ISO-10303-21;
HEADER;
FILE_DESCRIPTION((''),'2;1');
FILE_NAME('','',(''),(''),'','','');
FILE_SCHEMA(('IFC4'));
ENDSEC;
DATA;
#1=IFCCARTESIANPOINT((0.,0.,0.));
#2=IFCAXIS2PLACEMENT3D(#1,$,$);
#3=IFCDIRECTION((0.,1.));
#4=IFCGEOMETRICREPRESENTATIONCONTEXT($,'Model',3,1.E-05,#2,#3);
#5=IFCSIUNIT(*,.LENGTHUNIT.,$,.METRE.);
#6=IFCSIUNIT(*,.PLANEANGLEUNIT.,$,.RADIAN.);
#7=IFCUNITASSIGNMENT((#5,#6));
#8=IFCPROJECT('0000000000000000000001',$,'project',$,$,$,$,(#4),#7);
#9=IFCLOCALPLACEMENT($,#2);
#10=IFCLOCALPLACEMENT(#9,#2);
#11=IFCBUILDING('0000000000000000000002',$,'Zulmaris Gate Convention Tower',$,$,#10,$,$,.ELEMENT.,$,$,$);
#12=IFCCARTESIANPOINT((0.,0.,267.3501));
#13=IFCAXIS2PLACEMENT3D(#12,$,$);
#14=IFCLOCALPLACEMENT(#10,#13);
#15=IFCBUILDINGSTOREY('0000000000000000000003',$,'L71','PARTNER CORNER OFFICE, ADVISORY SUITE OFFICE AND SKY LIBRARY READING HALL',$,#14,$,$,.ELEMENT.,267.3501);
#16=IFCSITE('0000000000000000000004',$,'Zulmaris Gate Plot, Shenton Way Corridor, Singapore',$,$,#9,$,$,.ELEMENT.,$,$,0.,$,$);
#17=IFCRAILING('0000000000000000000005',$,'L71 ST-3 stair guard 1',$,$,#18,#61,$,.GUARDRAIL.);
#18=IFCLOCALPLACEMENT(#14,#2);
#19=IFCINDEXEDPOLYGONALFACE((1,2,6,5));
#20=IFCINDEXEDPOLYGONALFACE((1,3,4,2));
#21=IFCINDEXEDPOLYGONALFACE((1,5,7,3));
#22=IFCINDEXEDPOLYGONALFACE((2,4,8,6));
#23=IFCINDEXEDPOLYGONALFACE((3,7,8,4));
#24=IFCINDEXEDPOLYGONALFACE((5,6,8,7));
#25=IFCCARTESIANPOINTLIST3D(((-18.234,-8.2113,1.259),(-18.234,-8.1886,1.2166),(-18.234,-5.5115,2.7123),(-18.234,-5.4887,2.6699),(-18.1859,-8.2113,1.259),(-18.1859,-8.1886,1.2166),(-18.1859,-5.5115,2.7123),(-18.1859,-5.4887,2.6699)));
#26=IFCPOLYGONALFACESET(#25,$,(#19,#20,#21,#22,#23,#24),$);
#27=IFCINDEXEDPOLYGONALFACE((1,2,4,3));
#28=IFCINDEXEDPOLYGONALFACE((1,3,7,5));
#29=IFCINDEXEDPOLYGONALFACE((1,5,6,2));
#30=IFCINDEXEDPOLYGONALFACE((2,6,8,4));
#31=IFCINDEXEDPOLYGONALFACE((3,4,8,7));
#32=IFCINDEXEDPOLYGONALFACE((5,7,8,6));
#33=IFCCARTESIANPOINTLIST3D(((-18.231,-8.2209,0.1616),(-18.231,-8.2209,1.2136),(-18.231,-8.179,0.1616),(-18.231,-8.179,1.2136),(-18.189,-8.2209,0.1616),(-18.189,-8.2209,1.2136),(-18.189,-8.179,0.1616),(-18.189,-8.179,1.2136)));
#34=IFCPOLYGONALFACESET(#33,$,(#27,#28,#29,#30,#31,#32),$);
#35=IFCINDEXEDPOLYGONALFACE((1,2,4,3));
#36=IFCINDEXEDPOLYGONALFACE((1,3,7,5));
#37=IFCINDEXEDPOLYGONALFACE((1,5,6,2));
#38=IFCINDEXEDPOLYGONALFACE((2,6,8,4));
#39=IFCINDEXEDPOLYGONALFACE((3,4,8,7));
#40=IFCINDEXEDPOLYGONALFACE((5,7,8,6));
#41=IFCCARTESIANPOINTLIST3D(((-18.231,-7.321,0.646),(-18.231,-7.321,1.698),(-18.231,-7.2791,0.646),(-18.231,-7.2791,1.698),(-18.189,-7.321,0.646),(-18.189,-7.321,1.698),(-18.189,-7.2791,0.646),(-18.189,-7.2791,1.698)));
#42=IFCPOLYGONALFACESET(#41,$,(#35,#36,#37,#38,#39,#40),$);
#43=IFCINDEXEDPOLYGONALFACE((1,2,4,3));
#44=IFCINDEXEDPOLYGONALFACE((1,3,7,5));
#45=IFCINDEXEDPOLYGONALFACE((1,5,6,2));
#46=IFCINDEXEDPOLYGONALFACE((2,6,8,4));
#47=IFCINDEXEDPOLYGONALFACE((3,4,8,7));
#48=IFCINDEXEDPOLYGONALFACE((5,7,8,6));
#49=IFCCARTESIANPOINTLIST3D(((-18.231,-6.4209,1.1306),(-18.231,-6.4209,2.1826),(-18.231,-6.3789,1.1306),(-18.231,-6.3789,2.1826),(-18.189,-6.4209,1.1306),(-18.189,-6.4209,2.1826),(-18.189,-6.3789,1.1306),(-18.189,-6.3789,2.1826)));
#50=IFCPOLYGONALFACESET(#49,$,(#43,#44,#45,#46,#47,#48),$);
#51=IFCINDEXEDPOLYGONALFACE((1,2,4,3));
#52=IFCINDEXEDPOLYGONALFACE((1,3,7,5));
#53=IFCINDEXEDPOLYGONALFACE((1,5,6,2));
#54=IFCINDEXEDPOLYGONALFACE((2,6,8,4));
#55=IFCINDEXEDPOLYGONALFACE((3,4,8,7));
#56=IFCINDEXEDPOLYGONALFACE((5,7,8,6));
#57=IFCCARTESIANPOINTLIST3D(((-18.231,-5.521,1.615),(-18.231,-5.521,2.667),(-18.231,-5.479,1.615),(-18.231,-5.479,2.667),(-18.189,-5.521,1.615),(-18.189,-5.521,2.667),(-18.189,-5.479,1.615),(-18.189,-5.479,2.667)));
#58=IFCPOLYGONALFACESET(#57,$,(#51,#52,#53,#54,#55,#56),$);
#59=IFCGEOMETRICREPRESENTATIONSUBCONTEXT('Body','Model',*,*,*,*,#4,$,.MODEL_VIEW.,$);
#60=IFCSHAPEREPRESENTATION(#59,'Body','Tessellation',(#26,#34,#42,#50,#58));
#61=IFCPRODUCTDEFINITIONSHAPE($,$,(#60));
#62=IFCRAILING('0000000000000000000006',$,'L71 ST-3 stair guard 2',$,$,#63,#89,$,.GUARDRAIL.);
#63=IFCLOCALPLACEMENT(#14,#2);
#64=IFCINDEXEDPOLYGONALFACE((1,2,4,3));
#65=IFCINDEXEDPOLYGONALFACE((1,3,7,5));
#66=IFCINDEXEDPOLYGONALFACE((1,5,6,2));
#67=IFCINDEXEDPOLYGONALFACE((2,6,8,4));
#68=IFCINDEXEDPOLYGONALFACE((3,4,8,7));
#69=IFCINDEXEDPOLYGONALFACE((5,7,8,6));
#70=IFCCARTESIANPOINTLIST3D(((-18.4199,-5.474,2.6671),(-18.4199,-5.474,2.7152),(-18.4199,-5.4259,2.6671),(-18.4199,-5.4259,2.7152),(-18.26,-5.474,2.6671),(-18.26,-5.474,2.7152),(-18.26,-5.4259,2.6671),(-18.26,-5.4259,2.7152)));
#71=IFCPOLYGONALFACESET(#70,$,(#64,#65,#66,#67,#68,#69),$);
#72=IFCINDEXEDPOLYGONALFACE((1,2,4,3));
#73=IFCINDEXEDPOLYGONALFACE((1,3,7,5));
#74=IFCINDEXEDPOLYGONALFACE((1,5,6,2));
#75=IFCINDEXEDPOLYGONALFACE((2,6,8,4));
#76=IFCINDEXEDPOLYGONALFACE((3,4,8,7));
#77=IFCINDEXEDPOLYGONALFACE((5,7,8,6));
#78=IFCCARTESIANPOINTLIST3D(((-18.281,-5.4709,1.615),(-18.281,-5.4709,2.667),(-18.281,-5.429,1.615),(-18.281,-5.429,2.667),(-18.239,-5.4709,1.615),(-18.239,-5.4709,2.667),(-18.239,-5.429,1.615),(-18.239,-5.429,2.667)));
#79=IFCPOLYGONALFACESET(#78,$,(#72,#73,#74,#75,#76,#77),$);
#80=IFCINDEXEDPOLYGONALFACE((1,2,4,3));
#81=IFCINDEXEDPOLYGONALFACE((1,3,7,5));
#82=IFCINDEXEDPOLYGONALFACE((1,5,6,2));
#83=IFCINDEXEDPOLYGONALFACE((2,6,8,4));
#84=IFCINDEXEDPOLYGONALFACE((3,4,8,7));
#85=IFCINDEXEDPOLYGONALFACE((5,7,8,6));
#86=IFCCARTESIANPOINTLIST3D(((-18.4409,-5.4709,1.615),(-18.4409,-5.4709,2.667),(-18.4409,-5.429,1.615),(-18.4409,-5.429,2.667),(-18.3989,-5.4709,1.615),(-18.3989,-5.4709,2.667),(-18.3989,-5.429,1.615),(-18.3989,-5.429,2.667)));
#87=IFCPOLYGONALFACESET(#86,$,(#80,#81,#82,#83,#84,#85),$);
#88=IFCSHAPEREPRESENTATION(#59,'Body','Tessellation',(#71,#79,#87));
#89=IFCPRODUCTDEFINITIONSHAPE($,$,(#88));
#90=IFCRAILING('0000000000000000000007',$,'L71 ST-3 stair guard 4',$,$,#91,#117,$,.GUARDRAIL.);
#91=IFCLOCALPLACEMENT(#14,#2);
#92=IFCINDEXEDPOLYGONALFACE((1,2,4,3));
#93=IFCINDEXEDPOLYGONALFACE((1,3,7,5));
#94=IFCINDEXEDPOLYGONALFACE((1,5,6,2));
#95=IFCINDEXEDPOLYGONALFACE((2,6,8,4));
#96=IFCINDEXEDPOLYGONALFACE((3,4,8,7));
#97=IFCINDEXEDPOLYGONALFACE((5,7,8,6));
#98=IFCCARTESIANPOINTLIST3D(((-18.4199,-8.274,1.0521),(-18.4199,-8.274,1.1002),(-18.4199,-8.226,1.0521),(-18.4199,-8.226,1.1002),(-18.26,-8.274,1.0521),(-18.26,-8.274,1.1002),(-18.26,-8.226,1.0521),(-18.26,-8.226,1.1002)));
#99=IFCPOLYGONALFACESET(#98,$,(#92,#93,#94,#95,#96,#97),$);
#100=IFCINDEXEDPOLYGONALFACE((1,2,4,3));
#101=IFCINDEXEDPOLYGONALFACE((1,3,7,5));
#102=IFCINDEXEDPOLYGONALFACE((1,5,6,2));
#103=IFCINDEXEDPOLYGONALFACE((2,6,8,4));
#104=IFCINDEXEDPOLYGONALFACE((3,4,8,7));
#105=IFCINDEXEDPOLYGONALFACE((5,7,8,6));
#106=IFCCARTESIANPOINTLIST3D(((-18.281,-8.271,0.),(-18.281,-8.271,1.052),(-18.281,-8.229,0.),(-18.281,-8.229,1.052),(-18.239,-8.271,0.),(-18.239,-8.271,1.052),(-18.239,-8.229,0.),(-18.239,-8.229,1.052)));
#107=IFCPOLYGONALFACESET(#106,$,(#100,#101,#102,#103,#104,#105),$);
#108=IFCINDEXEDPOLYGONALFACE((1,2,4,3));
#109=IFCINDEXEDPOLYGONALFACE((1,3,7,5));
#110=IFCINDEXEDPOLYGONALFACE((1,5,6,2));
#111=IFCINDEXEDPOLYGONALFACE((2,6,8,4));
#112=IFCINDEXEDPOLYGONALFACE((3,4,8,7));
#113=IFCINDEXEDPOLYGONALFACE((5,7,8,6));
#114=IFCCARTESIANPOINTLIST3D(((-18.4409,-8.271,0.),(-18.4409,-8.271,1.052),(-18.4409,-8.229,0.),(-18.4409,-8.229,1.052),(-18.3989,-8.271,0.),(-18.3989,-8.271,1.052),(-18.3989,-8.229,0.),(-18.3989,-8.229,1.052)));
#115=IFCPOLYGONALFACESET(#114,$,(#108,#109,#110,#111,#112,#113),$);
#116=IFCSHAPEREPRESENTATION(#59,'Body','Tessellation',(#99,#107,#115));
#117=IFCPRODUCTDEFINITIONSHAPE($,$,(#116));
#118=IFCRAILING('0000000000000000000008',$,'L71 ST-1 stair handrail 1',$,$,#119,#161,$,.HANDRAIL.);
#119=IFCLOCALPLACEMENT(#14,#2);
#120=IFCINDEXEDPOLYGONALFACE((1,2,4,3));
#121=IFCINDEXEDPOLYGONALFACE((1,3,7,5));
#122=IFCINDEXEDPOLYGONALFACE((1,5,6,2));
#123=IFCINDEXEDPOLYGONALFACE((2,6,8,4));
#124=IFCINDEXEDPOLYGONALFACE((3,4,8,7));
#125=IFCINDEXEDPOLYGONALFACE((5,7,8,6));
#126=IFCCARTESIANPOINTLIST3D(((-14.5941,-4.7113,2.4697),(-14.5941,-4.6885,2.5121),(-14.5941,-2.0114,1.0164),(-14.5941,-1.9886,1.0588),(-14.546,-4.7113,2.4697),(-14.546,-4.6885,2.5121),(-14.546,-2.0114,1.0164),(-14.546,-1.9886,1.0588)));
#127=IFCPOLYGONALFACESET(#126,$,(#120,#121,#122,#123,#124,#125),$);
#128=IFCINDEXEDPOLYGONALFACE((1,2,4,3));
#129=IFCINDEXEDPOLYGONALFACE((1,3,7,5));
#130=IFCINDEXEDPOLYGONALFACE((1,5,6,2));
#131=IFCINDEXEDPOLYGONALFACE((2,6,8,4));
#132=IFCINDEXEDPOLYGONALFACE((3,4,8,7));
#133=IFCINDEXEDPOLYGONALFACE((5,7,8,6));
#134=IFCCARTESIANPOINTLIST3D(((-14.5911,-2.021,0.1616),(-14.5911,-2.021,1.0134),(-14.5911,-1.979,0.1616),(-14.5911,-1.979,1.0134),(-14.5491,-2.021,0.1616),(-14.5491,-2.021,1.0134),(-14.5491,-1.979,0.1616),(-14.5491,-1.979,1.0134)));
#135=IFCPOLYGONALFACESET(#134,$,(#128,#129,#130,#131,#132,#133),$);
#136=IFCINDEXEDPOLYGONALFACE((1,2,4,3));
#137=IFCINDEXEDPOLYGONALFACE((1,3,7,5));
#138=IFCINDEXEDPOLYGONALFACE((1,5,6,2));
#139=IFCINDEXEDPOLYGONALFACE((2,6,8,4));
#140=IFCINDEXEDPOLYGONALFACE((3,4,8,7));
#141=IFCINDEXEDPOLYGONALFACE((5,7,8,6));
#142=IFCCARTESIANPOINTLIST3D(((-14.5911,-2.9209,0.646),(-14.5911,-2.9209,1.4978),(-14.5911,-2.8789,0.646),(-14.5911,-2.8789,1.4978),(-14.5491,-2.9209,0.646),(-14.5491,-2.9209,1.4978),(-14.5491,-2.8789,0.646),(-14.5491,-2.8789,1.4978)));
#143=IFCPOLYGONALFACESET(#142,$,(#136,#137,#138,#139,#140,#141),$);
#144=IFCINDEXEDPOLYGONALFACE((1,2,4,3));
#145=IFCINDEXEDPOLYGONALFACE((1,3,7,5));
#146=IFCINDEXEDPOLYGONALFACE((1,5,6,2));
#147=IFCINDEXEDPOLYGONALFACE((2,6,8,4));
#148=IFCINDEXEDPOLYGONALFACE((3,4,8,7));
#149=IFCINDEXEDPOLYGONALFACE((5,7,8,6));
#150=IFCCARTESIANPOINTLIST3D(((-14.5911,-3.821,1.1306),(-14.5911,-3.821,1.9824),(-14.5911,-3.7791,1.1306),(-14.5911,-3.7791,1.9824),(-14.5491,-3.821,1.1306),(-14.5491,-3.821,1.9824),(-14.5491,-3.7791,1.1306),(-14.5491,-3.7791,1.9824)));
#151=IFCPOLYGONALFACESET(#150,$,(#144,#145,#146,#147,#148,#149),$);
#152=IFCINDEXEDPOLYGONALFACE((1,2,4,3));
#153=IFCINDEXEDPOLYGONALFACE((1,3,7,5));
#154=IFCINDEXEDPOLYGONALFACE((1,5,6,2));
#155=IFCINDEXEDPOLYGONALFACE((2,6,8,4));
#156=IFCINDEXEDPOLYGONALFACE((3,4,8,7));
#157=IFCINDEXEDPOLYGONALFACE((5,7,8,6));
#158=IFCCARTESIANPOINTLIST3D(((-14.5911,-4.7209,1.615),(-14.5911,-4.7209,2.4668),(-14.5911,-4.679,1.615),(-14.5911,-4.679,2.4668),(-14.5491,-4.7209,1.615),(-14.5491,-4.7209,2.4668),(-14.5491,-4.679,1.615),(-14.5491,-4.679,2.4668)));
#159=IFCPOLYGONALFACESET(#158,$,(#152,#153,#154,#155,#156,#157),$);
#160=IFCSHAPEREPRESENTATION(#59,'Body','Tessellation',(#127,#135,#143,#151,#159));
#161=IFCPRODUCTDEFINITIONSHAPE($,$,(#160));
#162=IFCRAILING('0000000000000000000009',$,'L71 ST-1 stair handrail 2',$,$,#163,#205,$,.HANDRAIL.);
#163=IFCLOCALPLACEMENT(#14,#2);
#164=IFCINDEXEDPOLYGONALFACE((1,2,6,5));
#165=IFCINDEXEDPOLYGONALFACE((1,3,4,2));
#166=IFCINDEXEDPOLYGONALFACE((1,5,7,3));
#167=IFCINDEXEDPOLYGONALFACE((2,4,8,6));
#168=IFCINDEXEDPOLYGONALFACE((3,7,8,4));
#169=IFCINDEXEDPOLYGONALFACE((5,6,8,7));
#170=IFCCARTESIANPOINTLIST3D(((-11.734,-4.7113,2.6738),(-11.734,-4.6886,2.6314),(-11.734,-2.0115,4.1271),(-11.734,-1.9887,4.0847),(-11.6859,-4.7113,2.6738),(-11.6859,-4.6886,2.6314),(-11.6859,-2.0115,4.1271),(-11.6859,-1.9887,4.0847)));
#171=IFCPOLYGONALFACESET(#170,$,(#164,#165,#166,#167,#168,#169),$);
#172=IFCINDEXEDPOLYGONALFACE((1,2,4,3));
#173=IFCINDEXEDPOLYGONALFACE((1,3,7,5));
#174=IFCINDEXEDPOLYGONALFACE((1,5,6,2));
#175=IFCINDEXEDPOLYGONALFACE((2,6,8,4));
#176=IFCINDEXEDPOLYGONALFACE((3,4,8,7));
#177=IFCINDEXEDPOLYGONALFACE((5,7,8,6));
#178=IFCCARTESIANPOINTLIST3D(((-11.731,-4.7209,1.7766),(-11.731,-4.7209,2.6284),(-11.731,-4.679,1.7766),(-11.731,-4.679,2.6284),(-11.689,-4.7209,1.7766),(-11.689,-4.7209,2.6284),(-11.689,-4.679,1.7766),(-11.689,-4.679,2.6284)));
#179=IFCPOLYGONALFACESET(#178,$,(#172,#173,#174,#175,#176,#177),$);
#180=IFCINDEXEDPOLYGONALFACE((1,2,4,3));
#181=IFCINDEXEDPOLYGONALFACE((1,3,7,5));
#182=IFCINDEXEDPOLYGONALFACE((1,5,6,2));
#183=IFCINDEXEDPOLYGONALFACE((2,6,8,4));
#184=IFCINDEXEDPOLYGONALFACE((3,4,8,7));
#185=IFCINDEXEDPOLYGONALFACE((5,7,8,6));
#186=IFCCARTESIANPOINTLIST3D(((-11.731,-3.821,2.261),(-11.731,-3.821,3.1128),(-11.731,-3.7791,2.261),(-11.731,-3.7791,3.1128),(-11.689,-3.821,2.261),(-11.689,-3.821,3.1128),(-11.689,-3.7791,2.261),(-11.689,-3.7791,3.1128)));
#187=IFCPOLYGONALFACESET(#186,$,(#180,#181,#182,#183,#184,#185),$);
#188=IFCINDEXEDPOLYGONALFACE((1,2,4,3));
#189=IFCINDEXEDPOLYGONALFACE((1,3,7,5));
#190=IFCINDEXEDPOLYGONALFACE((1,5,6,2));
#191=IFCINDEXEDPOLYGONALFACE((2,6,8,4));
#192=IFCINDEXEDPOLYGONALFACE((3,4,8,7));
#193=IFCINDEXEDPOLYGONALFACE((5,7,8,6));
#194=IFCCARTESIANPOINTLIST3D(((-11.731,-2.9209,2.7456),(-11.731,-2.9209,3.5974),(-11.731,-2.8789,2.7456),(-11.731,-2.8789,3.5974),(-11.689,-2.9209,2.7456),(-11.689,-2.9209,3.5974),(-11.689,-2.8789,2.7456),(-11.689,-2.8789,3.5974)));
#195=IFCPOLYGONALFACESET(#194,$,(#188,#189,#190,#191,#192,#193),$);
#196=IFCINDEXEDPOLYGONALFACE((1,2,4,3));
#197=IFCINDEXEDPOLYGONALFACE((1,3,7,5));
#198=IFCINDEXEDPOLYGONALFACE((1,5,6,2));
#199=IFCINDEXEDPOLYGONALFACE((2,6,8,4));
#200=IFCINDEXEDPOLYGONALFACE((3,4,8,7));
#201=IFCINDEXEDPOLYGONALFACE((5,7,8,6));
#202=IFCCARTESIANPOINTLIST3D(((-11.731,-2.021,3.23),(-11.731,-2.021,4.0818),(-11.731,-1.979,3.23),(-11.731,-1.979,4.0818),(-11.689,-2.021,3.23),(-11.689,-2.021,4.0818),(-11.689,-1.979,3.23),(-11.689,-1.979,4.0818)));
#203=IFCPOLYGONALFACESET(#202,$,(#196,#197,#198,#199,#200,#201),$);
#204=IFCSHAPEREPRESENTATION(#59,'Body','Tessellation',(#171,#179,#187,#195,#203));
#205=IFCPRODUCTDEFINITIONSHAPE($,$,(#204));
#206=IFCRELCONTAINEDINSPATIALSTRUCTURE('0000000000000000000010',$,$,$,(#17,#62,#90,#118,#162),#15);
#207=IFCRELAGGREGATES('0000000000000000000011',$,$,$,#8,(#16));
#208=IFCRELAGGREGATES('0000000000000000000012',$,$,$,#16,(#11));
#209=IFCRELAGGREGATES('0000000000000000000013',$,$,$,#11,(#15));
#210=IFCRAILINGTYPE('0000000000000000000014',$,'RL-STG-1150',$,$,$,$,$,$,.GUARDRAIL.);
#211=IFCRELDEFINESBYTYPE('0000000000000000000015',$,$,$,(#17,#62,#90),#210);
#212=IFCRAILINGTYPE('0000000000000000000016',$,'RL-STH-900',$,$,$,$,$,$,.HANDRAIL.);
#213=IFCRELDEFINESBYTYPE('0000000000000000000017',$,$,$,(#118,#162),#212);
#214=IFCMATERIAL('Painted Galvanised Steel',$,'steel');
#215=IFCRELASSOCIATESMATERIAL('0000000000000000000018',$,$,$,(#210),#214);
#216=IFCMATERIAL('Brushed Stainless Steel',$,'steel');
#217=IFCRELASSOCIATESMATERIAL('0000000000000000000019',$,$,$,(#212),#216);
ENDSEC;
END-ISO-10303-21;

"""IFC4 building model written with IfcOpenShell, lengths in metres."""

from ifc_helpers import new_model, si_unit, direction, frame, origin, origin_2d, place, context, subcontext, project, spatial, rectangle, extrude, material, type_object, element, save


model = new_model("IFC4")

# Units and contexts
model_context = context("Model", 3, precision=1e-05, world=origin(), true_north=direction((0.0, 1.0)))
body_context = subcontext(model_context, "Body", "Model", "MODEL_VIEW")
ifc_project = project(units=[si_unit("LENGTHUNIT", "METRE"), si_unit("PLANEANGLEUNIT", "RADIAN")], contexts=[model_context])

# Site, building, storey
site_placement = place(None, origin())
site = spatial("IfcSite", under=ifc_project, at=site_placement, Name="Zulmaris Gate Plot, Shenton Way Corridor, Singapore", CompositionType="ELEMENT", RefElevation=0.0)
building_placement = place(site_placement, origin())
building = spatial("IfcBuilding", under=site, at=building_placement, Name="Zulmaris Gate Convention Tower", CompositionType="ELEMENT")
storey_placement = place(building_placement, frame((0.0, 0.0, 267.3501)))
storey = spatial("IfcBuildingStorey", under=building, at=storey_placement, Name="L71", Description="PARTNER CORNER OFFICE, ADVISORY SUITE OFFICE AND SKY LIBRARY READING HALL", CompositionType="ELEMENT", Elevation=267.3501)

# Shared definitions
ifc_material_1 = material(Name="Brushed Stainless Steel", Category="steel")

# Railings
ifc_material_2 = material(Name="Painted Galvanised Steel", Category="steel")
railing_type_1 = type_object("IfcRailingType", Name="RL-STG-1150", PredefinedType="GUARDRAIL", material=ifc_material_2)
railing_1_placement = place(storey_placement, frame((-18.21, -8.2, 0.1616)))
element("IfcRailing", 1, at=railing_1_placement, inside=storey, type_object=railing_type_1, Name="L71 ST-3 stair guard 1", PredefinedType="GUARDRAIL", context=body_context, shape_type="SweptSolid", body=[
    extrude(rectangle(XDim=0.0481, YDim=0.0481, at=origin_2d()), frame((0.0, 0.0, 1.0762), z_axis=(0.0, 0.880532, 0.473986), x_axis=(-1.0, 0.0, 0.0)), (0.0, 0.0, 1.0), 3.0662),
    extrude(rectangle(XDim=0.042, YDim=0.042, at=origin_2d()), origin(), (0.0, 0.0, 1.0), 1.052),
    extrude(rectangle(XDim=0.042, YDim=0.042, at=origin_2d()), frame((0.0, 0.8999, 0.4844)), (0.0, 0.0, 1.0), 1.052),
    extrude(rectangle(XDim=0.042, YDim=0.042, at=origin_2d()), frame((0.0, 1.8, 0.969)), (0.0, 0.0, 1.0), 1.052),
    extrude(rectangle(XDim=0.042, YDim=0.042, at=origin_2d()), frame((0.0, 2.7, 1.4534)), (0.0, 0.0, 1.0), 1.052),
])
for number, where, name in (
    (2, (-18.26, -5.45, 1.615), "L71 ST-3 stair guard 2"),
    (3, (-18.26, -8.25, 0.0), "L71 ST-3 stair guard 4"),
):
    element("IfcRailing", number, at=place(storey_placement, frame(where)), inside=storey, type_object=railing_type_1, Name=name, PredefinedType="GUARDRAIL", context=body_context, shape_type="SweptSolid", body=[
        extrude(rectangle(XDim=0.0481, YDim=0.0481, at=origin_2d()), frame((0.0, 0.0, 1.0762), z_axis=(-1.0, 0.0, 0.0), x_axis=(0.0, -1.0, 0.0)), (0.0, 0.0, 1.0), 0.1599),
        extrude(rectangle(XDim=0.042, YDim=0.042, at=origin_2d()), origin(), (0.0, 0.0, 1.0), 1.052),
        extrude(rectangle(XDim=0.042, YDim=0.042, at=origin_2d()), frame((-0.1599, 0.0, 0.0)), (0.0, 0.0, 1.0), 1.052),
    ])
railing_type_2 = type_object("IfcRailingType", Name="RL-STH-900", PredefinedType="HANDRAIL", material=ifc_material_1)
railing_2_placement = place(storey_placement, frame((-14.5701, -2.0, 0.1616)))
element("IfcRailing", 4, at=railing_2_placement, inside=storey, type_object=railing_type_2, Name="L71 ST-1 stair handrail 1", PredefinedType="HANDRAIL", context=body_context, shape_type="SweptSolid", body=[
    extrude(rectangle(XDim=0.0481, YDim=0.0481, at=origin_2d()), frame((0.0, 0.0, 0.876), z_axis=(0.0, -0.880532, 0.473986), x_axis=(1.0, 0.0, 0.0)), (0.0, 0.0, 1.0), 3.0662),
    extrude(rectangle(XDim=0.042, YDim=0.042, at=origin_2d()), origin(), (0.0, 0.0, 1.0), 0.8518),
    extrude(rectangle(XDim=0.042, YDim=0.042, at=origin_2d()), frame((0.0, -0.8999, 0.4844)), (0.0, 0.0, 1.0), 0.8518),
    extrude(rectangle(XDim=0.042, YDim=0.042, at=origin_2d()), frame((0.0, -1.8, 0.969)), (0.0, 0.0, 1.0), 0.8518),
    extrude(rectangle(XDim=0.042, YDim=0.042, at=origin_2d()), frame((0.0, -2.7, 1.4534)), (0.0, 0.0, 1.0), 0.8518),
])
for number, where, name in (
    (5, (-11.71, -4.7, 1.7766), "L71 ST-1 stair handrail 2"),
):
    element("IfcRailing", number, at=place(storey_placement, frame(where)), inside=storey, type_object=railing_type_2, Name=name, PredefinedType="HANDRAIL", context=body_context, shape_type="SweptSolid", body=[
        extrude(rectangle(XDim=0.0481, YDim=0.0481, at=origin_2d()), frame((0.0, 0.0, 0.876), z_axis=(0.0, 0.880532, 0.473986), x_axis=(-1.0, 0.0, 0.0)), (0.0, 0.0, 1.0), 3.0662),
        extrude(rectangle(XDim=0.042, YDim=0.042, at=origin_2d()), origin(), (0.0, 0.0, 1.0), 0.8518),
        extrude(rectangle(XDim=0.042, YDim=0.042, at=origin_2d()), frame((0.0, 0.8999, 0.4844)), (0.0, 0.0, 1.0), 0.8518),
        extrude(rectangle(XDim=0.042, YDim=0.042, at=origin_2d()), frame((0.0, 1.8, 0.969)), (0.0, 0.0, 1.0), 0.8518),
        extrude(rectangle(XDim=0.042, YDim=0.042, at=origin_2d()), frame((0.0, 2.7, 1.4534)), (0.0, 0.0, 1.0), 0.8518),
    ])

save(model, "model.ifc")
